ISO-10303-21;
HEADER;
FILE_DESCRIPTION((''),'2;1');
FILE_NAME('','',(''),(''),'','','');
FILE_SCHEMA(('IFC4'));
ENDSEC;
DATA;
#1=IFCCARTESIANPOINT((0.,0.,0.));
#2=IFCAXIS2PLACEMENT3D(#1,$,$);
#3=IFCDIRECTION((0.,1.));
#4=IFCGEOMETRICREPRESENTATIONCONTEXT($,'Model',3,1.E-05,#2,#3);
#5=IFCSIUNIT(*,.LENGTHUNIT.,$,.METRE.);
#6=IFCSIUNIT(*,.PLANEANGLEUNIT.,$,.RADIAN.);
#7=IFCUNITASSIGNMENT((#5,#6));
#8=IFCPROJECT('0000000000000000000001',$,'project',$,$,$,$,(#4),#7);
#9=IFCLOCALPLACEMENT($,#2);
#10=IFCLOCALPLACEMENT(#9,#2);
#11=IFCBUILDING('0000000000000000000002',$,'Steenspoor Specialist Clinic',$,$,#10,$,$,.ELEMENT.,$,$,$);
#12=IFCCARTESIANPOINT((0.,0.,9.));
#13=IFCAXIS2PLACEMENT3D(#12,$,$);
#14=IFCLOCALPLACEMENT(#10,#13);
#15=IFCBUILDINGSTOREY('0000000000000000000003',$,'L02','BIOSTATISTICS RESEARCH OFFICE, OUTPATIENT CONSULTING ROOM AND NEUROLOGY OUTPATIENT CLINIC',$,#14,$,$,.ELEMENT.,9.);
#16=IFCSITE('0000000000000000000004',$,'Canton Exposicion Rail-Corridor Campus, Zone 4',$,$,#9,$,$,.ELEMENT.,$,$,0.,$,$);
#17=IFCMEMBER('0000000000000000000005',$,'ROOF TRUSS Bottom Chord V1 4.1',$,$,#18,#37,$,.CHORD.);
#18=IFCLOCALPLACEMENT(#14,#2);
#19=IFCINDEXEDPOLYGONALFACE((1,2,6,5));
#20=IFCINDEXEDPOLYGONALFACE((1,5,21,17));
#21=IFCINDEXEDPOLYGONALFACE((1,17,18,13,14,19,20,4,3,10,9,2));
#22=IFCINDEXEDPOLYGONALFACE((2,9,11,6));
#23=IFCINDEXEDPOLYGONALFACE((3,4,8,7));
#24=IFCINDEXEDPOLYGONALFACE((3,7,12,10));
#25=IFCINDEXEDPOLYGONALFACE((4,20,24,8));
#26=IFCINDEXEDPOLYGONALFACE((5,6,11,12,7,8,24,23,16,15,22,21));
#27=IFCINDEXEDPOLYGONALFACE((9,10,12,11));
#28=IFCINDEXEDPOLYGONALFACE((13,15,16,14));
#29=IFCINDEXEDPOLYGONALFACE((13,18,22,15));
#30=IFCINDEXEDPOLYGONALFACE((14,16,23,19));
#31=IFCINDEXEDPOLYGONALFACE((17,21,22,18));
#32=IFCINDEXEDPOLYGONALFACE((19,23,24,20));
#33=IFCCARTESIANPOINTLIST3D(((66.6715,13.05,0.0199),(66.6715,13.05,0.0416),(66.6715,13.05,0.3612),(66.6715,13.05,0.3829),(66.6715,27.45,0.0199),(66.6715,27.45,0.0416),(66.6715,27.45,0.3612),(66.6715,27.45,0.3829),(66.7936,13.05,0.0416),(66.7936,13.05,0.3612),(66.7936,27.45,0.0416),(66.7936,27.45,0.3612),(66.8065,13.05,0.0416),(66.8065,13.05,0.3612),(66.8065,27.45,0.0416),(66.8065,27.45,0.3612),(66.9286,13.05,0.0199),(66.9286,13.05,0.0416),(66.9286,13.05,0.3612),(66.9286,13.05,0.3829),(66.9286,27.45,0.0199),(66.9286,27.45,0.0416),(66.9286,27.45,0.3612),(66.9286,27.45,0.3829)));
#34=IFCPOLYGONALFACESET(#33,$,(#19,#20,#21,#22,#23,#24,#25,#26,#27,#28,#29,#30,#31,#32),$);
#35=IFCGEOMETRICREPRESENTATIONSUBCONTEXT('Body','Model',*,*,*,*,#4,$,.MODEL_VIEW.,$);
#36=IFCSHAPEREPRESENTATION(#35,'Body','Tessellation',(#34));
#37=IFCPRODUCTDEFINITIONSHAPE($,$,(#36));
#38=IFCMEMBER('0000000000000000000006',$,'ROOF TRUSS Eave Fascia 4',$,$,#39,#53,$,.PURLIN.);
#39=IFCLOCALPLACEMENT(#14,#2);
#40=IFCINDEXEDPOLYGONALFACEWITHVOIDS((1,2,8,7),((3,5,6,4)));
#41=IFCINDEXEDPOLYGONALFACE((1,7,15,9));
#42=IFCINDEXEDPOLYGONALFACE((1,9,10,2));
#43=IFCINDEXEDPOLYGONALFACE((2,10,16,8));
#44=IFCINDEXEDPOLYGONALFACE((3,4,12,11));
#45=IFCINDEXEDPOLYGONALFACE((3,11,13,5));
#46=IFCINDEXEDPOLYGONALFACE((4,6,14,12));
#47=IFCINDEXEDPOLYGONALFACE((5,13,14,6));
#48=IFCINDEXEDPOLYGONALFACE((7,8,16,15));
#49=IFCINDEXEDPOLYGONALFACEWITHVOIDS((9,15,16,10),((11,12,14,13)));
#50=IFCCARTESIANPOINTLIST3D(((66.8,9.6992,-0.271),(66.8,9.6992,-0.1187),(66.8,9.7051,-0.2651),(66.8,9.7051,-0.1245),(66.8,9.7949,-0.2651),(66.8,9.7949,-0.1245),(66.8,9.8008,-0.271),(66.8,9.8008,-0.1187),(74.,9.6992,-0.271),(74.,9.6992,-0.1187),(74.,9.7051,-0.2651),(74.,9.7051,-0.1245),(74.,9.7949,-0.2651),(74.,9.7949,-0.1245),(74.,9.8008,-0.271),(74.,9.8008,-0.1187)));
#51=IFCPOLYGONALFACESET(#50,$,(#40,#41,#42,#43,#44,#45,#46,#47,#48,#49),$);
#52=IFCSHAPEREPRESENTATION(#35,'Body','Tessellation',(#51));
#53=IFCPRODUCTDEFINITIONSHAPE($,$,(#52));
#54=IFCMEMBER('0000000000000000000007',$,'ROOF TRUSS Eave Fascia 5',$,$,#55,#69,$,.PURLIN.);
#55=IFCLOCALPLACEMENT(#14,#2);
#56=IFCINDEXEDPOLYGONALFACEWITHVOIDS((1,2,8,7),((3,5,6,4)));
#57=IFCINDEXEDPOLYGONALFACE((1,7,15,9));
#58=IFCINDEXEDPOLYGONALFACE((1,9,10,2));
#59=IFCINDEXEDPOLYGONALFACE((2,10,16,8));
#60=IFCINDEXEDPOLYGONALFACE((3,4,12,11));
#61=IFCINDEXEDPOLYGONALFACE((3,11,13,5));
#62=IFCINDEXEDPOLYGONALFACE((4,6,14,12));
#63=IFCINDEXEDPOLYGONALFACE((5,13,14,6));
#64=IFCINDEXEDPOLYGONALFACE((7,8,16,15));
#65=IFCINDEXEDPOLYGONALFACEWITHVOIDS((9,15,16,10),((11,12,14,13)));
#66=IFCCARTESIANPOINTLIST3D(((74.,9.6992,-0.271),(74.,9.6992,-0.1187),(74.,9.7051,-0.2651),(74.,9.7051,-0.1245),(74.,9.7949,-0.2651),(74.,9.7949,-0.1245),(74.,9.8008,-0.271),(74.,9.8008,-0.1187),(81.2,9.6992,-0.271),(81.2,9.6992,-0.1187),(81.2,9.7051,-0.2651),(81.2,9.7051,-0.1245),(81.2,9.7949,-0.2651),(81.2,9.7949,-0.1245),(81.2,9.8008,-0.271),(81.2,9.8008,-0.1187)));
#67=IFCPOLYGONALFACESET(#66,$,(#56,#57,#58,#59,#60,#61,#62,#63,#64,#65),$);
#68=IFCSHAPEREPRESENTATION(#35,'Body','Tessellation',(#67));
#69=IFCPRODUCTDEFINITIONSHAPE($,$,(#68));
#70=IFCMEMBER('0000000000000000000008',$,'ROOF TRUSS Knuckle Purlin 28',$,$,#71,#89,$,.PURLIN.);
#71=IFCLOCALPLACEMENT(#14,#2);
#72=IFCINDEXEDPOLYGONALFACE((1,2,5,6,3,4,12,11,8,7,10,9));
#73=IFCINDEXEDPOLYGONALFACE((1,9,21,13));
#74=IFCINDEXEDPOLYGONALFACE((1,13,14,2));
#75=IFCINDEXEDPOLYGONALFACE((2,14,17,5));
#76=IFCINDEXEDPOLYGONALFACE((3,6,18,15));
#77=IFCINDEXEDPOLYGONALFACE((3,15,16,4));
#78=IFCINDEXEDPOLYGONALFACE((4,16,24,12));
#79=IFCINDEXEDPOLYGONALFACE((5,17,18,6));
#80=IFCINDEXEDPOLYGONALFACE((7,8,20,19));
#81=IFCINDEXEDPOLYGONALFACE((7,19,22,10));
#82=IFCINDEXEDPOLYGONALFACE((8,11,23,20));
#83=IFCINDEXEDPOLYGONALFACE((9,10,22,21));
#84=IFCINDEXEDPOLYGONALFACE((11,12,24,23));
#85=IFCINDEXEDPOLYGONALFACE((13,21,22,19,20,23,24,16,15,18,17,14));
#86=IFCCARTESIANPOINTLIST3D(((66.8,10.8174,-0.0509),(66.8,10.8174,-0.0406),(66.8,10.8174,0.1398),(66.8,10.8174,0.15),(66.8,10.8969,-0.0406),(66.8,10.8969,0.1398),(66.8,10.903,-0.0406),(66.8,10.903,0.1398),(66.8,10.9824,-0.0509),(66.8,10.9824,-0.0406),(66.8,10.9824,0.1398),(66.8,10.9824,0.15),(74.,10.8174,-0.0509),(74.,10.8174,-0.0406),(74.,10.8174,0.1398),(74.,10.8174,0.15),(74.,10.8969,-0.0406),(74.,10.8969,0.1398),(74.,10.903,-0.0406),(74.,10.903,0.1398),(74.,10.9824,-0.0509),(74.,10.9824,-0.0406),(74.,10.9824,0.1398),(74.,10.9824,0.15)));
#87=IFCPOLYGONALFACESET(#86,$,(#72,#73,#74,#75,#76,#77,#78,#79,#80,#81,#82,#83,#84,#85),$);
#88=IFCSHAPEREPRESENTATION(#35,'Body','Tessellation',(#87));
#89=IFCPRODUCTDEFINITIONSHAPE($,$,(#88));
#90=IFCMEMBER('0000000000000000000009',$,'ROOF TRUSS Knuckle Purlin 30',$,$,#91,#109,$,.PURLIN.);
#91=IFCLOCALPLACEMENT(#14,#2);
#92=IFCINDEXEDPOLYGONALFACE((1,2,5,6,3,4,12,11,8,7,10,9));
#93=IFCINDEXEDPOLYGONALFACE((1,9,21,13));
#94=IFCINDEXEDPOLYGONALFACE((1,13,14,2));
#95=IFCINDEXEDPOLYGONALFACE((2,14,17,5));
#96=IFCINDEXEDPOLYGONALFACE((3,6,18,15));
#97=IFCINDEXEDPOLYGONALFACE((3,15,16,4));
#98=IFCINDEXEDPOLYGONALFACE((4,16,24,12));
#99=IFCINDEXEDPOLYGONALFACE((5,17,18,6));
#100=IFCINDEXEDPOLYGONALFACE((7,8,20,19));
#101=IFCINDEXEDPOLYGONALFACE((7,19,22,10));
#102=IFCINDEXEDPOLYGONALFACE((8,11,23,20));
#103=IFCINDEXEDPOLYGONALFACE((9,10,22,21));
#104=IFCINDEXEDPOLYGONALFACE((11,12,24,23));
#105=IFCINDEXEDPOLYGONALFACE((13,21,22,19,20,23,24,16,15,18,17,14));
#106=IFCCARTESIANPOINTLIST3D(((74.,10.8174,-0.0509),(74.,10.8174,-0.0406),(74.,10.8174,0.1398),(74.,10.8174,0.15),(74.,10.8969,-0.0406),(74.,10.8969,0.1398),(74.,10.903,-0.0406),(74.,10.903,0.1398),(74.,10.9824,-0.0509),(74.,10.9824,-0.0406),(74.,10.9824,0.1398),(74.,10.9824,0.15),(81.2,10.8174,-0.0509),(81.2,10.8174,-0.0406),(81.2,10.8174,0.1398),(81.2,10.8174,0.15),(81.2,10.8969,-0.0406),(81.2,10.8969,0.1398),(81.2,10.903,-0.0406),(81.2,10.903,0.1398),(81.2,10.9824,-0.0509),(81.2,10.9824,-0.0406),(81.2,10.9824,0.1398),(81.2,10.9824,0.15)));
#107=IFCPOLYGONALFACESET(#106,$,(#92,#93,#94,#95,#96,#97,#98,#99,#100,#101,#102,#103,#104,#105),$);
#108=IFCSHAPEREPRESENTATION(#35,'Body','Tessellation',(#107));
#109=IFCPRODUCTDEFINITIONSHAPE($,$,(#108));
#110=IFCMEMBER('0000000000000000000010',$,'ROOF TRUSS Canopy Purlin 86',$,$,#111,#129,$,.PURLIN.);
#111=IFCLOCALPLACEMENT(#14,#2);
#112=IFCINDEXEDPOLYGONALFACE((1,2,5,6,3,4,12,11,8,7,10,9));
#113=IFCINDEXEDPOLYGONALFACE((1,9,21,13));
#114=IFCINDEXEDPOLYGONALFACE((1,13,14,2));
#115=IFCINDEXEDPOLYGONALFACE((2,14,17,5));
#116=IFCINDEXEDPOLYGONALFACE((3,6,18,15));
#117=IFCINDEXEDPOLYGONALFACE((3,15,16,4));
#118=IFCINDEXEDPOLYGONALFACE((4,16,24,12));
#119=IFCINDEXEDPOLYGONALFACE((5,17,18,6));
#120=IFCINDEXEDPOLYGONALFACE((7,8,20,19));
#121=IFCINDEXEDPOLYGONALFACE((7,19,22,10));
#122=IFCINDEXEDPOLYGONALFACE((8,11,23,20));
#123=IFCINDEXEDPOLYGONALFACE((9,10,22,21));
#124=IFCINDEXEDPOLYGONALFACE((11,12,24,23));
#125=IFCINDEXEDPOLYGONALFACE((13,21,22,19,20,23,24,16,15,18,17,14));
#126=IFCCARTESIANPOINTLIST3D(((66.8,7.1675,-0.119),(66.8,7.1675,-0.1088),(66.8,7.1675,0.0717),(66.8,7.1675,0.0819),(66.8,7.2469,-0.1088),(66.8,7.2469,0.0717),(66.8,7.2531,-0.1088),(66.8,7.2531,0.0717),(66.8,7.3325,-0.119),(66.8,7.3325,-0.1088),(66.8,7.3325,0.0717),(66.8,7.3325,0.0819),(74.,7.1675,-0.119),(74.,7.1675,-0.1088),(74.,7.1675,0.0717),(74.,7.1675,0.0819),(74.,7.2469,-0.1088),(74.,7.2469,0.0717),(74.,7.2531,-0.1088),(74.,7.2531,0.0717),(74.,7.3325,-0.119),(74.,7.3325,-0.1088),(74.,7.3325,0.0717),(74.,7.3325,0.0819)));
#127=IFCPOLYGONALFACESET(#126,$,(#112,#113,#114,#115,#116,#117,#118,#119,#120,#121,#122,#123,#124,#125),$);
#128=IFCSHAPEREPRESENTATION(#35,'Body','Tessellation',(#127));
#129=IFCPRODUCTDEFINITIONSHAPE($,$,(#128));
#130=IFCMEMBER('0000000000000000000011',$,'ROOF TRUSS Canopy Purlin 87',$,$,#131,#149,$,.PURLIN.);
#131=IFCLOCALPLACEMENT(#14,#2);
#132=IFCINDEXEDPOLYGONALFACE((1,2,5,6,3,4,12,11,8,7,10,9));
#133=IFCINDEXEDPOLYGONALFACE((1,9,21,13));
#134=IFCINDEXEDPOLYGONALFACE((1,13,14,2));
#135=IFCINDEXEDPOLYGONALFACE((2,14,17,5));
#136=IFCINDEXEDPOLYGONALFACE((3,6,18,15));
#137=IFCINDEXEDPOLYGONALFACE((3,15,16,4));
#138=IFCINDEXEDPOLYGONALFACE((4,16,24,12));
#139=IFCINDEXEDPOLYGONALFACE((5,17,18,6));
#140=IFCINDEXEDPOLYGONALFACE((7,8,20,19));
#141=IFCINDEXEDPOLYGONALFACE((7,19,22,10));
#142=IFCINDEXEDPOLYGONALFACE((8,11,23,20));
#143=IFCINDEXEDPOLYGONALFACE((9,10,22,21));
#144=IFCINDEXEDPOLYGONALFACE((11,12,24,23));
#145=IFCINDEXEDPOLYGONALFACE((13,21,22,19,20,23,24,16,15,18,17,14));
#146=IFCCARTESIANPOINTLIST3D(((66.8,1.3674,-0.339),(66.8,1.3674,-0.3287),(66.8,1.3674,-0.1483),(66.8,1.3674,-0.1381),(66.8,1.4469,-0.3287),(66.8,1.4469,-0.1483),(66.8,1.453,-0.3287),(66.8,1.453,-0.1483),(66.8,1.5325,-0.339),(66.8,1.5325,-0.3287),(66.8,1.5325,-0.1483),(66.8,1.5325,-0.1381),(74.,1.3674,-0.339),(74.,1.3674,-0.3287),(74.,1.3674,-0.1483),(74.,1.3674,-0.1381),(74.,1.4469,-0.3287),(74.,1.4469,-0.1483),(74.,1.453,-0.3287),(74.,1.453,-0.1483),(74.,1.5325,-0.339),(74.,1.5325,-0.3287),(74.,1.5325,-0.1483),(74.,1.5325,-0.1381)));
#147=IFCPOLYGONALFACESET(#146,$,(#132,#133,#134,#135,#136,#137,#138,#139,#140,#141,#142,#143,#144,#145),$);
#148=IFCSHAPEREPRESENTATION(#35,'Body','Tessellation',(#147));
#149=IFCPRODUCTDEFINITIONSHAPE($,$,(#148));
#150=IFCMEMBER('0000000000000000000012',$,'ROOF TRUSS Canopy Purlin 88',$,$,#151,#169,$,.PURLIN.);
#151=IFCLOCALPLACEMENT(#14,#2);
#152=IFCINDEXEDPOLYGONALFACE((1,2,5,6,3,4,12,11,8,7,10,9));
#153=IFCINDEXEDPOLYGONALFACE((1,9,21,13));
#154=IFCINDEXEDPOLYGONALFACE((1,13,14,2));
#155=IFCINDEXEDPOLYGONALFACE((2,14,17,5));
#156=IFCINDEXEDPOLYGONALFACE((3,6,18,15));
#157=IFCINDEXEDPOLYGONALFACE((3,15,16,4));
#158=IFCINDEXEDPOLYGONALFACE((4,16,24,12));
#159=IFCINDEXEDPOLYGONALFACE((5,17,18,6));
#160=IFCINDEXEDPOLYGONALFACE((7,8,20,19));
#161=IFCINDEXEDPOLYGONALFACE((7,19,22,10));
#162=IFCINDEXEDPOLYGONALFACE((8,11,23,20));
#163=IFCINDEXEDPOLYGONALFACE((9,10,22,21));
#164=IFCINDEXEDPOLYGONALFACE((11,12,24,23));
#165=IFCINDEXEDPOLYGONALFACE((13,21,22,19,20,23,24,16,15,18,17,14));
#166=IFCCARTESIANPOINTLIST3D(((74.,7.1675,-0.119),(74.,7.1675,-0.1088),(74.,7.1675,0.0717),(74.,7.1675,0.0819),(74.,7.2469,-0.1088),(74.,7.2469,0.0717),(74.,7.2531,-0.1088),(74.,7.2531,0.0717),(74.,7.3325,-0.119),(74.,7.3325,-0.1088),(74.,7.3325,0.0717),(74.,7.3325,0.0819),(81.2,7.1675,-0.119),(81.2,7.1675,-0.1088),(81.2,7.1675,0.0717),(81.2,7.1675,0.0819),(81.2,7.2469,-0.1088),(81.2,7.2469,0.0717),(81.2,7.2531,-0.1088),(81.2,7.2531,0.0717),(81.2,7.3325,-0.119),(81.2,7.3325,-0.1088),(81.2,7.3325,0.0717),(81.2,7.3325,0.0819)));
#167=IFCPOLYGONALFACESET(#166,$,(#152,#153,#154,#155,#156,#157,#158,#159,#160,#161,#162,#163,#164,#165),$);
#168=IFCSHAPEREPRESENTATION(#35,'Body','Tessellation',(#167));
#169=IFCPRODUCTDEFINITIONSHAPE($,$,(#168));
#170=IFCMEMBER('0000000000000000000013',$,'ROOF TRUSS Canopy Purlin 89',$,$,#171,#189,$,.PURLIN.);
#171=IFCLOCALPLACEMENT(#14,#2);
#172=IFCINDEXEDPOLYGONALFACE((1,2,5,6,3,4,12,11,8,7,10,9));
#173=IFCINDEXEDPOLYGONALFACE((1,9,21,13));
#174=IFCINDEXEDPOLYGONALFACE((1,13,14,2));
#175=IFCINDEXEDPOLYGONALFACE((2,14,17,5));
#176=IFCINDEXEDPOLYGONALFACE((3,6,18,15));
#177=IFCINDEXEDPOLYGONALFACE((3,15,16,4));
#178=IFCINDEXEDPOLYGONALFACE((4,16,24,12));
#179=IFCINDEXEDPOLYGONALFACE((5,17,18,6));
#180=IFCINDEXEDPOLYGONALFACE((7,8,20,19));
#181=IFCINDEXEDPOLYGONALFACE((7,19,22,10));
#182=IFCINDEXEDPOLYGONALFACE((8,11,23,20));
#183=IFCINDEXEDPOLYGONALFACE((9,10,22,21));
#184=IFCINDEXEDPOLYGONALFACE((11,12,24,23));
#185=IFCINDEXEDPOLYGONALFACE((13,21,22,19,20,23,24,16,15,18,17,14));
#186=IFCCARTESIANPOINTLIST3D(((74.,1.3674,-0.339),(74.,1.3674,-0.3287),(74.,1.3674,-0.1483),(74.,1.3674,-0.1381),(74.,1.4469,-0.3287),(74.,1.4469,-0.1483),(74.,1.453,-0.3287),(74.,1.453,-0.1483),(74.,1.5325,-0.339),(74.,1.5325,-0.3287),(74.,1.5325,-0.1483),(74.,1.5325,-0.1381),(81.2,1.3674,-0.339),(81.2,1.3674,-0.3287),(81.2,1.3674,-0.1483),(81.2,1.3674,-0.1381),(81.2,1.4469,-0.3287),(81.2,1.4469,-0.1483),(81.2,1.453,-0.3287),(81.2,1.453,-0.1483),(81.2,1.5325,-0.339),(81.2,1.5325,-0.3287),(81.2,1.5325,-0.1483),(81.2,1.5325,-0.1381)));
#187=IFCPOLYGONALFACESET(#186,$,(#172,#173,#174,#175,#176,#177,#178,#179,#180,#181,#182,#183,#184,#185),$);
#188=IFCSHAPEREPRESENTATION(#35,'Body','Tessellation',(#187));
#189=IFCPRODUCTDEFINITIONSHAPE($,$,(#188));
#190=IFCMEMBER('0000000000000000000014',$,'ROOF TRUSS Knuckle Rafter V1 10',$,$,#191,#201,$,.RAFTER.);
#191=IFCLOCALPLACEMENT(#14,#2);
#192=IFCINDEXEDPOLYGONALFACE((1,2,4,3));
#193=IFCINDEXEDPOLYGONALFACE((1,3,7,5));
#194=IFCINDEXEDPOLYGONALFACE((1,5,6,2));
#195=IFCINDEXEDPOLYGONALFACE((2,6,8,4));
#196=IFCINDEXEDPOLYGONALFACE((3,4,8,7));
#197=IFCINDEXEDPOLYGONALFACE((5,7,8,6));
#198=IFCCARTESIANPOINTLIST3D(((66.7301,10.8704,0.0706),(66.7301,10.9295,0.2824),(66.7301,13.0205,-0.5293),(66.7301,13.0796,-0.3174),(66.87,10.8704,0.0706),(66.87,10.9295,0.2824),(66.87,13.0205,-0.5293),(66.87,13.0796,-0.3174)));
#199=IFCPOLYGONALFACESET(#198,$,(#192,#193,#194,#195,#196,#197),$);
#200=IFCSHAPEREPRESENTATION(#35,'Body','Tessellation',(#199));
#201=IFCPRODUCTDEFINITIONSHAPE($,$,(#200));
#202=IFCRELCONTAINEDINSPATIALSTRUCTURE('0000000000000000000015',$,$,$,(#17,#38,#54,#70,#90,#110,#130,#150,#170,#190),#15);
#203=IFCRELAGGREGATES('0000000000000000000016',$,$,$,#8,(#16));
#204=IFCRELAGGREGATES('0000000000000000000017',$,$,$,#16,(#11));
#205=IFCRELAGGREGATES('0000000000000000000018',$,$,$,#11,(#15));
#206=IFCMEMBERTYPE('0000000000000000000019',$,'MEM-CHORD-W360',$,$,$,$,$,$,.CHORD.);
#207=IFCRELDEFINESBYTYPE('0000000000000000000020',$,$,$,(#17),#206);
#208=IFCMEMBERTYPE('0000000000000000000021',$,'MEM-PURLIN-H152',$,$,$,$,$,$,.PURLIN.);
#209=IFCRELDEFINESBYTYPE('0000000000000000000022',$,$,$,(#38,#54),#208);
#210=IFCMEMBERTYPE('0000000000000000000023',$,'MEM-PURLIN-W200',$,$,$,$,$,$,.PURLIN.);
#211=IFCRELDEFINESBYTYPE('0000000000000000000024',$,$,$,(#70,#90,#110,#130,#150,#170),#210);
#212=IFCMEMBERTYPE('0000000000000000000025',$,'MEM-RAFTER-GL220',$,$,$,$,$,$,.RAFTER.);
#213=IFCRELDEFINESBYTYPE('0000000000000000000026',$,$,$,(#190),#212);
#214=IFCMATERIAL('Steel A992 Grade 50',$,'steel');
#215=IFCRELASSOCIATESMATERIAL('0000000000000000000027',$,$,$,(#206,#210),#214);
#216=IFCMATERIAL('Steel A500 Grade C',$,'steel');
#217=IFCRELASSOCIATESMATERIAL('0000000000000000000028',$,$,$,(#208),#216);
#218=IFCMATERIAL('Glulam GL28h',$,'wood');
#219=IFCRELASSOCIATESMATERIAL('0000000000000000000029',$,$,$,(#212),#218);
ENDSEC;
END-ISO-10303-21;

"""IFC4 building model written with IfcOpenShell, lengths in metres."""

from ifc_helpers import new_model, si_unit, direction, frame, origin, origin_2d, place, context, subcontext, project, spatial, rectangle, hollow_rectangle, i_section, extrude, material, material_profile, profile_set, type_object, element, save


model = new_model("IFC4")

# Units and contexts
model_context = context("Model", 3, precision=1e-05, world=origin(), true_north=direction((0.0, 1.0)))
body_context = subcontext(model_context, "Body", "Model", "MODEL_VIEW")
ifc_project = project(units=[si_unit("LENGTHUNIT", "METRE"), si_unit("PLANEANGLEUNIT", "RADIAN")], contexts=[model_context])

# Site, building, storey
site_placement = place(None, origin())
site = spatial("IfcSite", under=ifc_project, at=site_placement, Name="Canton Exposicion Rail-Corridor Campus, Zone 4", CompositionType="ELEMENT", RefElevation=0.0)
building_placement = place(site_placement, origin())
building = spatial("IfcBuilding", under=site, at=building_placement, Name="Steenspoor Specialist Clinic", CompositionType="ELEMENT")
storey_placement = place(building_placement, frame((0.0, 0.0, 9.0)))
storey = spatial("IfcBuildingStorey", under=building, at=storey_placement, Name="L02", Description="BIOSTATISTICS RESEARCH OFFICE, OUTPATIENT CONSULTING ROOM AND NEUROLOGY OUTPATIENT CLINIC", CompositionType="ELEMENT", Elevation=9.0)

# Members
ifc_material_1 = material(Name="Steel A500 Grade C", Category="steel")
ifc_material_2 = material(Name="Steel A992 Grade 50", Category="steel")
ifc_material_profile_1 = material_profile(ifc_material_2, i_section(OverallWidth=0.2571, OverallDepth=0.363, WebThickness=0.0129, FlangeThickness=0.0217, at=origin_2d()), Name="W360X122")
ifc_profile_set_1 = profile_set([ifc_material_profile_1], Name="Steel A992 Grade 50")
member_type_1 = type_object("IfcMemberType", Name="MEM-CHORD-W360", PredefinedType="CHORD", material=ifc_profile_set_1)
member_1_placement = place(storey_placement, frame((66.8, 13.05, 0.2014), z_axis=(0.0, 1.0, 0.0), x_axis=(-1.0, 0.0, 0.0)))
element("IfcMember", 1, at=member_1_placement, inside=storey, type_object=member_type_1, Name="ROOF TRUSS Bottom Chord V1 4.1", PredefinedType="CHORD", context=body_context, shape_type="SweptSolid", body=[
    extrude(i_section(OverallWidth=0.2571, OverallDepth=0.363, WebThickness=0.0129, FlangeThickness=0.0217, at=origin_2d()), origin(), (0.0, 0.0, 1.0), 14.3999),
])
ifc_material_profile_2 = material_profile(ifc_material_1, hollow_rectangle(XDim=0.1016, YDim=0.1523, WallThickness=0.0059, at=origin_2d()), Name="HSS152X102X6.4")
ifc_profile_set_2 = profile_set([ifc_material_profile_2], Name="Steel A500 Grade C")
member_type_2 = type_object("IfcMemberType", Name="MEM-PURLIN-H152", PredefinedType="PURLIN", material=ifc_profile_set_2)
for number, where, z_axis, x_axis, name in (
    (2, (66.8, 9.75, -0.1948), (1.0, 0.0, 0.0), (0.0, 1.0, 0.0), "ROOF TRUSS Eave Fascia 4"),
    (3, (74.0, 9.75, -0.1948), (1.0, 0.0, 0.0), (0.0, 1.0, 0.0), "ROOF TRUSS Eave Fascia 5"),
):
    element("IfcMember", number, at=place(storey_placement, frame(where, z_axis=z_axis, x_axis=x_axis)), inside=storey, type_object=member_type_2, Name=name, PredefinedType="PURLIN", context=body_context, shape_type="SweptSolid", body=[
        extrude(hollow_rectangle(XDim=0.1016, YDim=0.1523, WallThickness=0.0059, at=origin_2d()), origin(), (0.0, 0.0, 1.0), 7.2),
    ])
ifc_material_profile_3 = material_profile(ifc_material_2, i_section(OverallWidth=0.165, OverallDepth=0.2009, WebThickness=0.0061, FlangeThickness=0.0103, at=origin_2d()), Name="W200X36")
ifc_profile_set_3 = profile_set([ifc_material_profile_3], Name="Steel A992 Grade 50")
member_type_3 = type_object("IfcMemberType", Name="MEM-PURLIN-W200", PredefinedType="PURLIN", material=ifc_profile_set_3)
for number, where, z_axis, x_axis, name in (
    (4, (66.8, 10.8999, 0.0496), (1.0, 0.0, 0.0), (0.0, 1.0, 0.0), "ROOF TRUSS Knuckle Purlin 28"),
    (5, (74.0, 10.8999, 0.0496), (1.0, 0.0, 0.0), (0.0, 1.0, 0.0), "ROOF TRUSS Knuckle Purlin 30"),
    (6, (66.8, 7.25, -0.0186), (1.0, 0.0, 0.0), (0.0, 1.0, 0.0), "ROOF TRUSS Canopy Purlin 86"),
    (7, (66.8, 1.45, -0.2385), (1.0, 0.0, 0.0), (0.0, 1.0, 0.0), "ROOF TRUSS Canopy Purlin 87"),
    (8, (74.0, 7.25, -0.0186), (1.0, 0.0, 0.0), (0.0, 1.0, 0.0), "ROOF TRUSS Canopy Purlin 88"),
    (9, (74.0, 1.45, -0.2385), (1.0, 0.0, 0.0), (0.0, 1.0, 0.0), "ROOF TRUSS Canopy Purlin 89"),
):
    element("IfcMember", number, at=place(storey_placement, frame(where, z_axis=z_axis, x_axis=x_axis)), inside=storey, type_object=member_type_3, Name=name, PredefinedType="PURLIN", context=body_context, shape_type="SweptSolid", body=[
        extrude(i_section(OverallWidth=0.165, OverallDepth=0.2009, WebThickness=0.0061, FlangeThickness=0.0103, at=origin_2d()), origin(), (0.0, 0.0, 1.0), 7.2),
    ])
ifc_material_3 = material(Name="Glulam GL28h", Category="wood")
ifc_material_profile_4 = material_profile(ifc_material_3, rectangle(XDim=0.1399, YDim=0.22, at=origin_2d()), Name="GL28H-140X220")
ifc_profile_set_4 = profile_set([ifc_material_profile_4], Name="Glulam GL28h")
member_type_4 = type_object("IfcMemberType", Name="MEM-RAFTER-GL220", PredefinedType="RAFTER", material=ifc_profile_set_4)
member_2_placement = place(storey_placement, frame((66.8, 13.05, -0.4233), z_axis=(0.0, -0.963218, 0.268721), x_axis=(1.0, 0.0, 0.0)))
element("IfcMember", 10, at=member_2_placement, inside=storey, type_object=member_type_4, Name="ROOF TRUSS Knuckle Rafter V1 10", PredefinedType="RAFTER", context=body_context, shape_type="SweptSolid", body=[
    extrude(rectangle(XDim=0.1399, YDim=0.22, at=origin_2d()), origin(), (0.0, 0.0, 1.0), 2.2322),
])

save(model, "model.ifc")
